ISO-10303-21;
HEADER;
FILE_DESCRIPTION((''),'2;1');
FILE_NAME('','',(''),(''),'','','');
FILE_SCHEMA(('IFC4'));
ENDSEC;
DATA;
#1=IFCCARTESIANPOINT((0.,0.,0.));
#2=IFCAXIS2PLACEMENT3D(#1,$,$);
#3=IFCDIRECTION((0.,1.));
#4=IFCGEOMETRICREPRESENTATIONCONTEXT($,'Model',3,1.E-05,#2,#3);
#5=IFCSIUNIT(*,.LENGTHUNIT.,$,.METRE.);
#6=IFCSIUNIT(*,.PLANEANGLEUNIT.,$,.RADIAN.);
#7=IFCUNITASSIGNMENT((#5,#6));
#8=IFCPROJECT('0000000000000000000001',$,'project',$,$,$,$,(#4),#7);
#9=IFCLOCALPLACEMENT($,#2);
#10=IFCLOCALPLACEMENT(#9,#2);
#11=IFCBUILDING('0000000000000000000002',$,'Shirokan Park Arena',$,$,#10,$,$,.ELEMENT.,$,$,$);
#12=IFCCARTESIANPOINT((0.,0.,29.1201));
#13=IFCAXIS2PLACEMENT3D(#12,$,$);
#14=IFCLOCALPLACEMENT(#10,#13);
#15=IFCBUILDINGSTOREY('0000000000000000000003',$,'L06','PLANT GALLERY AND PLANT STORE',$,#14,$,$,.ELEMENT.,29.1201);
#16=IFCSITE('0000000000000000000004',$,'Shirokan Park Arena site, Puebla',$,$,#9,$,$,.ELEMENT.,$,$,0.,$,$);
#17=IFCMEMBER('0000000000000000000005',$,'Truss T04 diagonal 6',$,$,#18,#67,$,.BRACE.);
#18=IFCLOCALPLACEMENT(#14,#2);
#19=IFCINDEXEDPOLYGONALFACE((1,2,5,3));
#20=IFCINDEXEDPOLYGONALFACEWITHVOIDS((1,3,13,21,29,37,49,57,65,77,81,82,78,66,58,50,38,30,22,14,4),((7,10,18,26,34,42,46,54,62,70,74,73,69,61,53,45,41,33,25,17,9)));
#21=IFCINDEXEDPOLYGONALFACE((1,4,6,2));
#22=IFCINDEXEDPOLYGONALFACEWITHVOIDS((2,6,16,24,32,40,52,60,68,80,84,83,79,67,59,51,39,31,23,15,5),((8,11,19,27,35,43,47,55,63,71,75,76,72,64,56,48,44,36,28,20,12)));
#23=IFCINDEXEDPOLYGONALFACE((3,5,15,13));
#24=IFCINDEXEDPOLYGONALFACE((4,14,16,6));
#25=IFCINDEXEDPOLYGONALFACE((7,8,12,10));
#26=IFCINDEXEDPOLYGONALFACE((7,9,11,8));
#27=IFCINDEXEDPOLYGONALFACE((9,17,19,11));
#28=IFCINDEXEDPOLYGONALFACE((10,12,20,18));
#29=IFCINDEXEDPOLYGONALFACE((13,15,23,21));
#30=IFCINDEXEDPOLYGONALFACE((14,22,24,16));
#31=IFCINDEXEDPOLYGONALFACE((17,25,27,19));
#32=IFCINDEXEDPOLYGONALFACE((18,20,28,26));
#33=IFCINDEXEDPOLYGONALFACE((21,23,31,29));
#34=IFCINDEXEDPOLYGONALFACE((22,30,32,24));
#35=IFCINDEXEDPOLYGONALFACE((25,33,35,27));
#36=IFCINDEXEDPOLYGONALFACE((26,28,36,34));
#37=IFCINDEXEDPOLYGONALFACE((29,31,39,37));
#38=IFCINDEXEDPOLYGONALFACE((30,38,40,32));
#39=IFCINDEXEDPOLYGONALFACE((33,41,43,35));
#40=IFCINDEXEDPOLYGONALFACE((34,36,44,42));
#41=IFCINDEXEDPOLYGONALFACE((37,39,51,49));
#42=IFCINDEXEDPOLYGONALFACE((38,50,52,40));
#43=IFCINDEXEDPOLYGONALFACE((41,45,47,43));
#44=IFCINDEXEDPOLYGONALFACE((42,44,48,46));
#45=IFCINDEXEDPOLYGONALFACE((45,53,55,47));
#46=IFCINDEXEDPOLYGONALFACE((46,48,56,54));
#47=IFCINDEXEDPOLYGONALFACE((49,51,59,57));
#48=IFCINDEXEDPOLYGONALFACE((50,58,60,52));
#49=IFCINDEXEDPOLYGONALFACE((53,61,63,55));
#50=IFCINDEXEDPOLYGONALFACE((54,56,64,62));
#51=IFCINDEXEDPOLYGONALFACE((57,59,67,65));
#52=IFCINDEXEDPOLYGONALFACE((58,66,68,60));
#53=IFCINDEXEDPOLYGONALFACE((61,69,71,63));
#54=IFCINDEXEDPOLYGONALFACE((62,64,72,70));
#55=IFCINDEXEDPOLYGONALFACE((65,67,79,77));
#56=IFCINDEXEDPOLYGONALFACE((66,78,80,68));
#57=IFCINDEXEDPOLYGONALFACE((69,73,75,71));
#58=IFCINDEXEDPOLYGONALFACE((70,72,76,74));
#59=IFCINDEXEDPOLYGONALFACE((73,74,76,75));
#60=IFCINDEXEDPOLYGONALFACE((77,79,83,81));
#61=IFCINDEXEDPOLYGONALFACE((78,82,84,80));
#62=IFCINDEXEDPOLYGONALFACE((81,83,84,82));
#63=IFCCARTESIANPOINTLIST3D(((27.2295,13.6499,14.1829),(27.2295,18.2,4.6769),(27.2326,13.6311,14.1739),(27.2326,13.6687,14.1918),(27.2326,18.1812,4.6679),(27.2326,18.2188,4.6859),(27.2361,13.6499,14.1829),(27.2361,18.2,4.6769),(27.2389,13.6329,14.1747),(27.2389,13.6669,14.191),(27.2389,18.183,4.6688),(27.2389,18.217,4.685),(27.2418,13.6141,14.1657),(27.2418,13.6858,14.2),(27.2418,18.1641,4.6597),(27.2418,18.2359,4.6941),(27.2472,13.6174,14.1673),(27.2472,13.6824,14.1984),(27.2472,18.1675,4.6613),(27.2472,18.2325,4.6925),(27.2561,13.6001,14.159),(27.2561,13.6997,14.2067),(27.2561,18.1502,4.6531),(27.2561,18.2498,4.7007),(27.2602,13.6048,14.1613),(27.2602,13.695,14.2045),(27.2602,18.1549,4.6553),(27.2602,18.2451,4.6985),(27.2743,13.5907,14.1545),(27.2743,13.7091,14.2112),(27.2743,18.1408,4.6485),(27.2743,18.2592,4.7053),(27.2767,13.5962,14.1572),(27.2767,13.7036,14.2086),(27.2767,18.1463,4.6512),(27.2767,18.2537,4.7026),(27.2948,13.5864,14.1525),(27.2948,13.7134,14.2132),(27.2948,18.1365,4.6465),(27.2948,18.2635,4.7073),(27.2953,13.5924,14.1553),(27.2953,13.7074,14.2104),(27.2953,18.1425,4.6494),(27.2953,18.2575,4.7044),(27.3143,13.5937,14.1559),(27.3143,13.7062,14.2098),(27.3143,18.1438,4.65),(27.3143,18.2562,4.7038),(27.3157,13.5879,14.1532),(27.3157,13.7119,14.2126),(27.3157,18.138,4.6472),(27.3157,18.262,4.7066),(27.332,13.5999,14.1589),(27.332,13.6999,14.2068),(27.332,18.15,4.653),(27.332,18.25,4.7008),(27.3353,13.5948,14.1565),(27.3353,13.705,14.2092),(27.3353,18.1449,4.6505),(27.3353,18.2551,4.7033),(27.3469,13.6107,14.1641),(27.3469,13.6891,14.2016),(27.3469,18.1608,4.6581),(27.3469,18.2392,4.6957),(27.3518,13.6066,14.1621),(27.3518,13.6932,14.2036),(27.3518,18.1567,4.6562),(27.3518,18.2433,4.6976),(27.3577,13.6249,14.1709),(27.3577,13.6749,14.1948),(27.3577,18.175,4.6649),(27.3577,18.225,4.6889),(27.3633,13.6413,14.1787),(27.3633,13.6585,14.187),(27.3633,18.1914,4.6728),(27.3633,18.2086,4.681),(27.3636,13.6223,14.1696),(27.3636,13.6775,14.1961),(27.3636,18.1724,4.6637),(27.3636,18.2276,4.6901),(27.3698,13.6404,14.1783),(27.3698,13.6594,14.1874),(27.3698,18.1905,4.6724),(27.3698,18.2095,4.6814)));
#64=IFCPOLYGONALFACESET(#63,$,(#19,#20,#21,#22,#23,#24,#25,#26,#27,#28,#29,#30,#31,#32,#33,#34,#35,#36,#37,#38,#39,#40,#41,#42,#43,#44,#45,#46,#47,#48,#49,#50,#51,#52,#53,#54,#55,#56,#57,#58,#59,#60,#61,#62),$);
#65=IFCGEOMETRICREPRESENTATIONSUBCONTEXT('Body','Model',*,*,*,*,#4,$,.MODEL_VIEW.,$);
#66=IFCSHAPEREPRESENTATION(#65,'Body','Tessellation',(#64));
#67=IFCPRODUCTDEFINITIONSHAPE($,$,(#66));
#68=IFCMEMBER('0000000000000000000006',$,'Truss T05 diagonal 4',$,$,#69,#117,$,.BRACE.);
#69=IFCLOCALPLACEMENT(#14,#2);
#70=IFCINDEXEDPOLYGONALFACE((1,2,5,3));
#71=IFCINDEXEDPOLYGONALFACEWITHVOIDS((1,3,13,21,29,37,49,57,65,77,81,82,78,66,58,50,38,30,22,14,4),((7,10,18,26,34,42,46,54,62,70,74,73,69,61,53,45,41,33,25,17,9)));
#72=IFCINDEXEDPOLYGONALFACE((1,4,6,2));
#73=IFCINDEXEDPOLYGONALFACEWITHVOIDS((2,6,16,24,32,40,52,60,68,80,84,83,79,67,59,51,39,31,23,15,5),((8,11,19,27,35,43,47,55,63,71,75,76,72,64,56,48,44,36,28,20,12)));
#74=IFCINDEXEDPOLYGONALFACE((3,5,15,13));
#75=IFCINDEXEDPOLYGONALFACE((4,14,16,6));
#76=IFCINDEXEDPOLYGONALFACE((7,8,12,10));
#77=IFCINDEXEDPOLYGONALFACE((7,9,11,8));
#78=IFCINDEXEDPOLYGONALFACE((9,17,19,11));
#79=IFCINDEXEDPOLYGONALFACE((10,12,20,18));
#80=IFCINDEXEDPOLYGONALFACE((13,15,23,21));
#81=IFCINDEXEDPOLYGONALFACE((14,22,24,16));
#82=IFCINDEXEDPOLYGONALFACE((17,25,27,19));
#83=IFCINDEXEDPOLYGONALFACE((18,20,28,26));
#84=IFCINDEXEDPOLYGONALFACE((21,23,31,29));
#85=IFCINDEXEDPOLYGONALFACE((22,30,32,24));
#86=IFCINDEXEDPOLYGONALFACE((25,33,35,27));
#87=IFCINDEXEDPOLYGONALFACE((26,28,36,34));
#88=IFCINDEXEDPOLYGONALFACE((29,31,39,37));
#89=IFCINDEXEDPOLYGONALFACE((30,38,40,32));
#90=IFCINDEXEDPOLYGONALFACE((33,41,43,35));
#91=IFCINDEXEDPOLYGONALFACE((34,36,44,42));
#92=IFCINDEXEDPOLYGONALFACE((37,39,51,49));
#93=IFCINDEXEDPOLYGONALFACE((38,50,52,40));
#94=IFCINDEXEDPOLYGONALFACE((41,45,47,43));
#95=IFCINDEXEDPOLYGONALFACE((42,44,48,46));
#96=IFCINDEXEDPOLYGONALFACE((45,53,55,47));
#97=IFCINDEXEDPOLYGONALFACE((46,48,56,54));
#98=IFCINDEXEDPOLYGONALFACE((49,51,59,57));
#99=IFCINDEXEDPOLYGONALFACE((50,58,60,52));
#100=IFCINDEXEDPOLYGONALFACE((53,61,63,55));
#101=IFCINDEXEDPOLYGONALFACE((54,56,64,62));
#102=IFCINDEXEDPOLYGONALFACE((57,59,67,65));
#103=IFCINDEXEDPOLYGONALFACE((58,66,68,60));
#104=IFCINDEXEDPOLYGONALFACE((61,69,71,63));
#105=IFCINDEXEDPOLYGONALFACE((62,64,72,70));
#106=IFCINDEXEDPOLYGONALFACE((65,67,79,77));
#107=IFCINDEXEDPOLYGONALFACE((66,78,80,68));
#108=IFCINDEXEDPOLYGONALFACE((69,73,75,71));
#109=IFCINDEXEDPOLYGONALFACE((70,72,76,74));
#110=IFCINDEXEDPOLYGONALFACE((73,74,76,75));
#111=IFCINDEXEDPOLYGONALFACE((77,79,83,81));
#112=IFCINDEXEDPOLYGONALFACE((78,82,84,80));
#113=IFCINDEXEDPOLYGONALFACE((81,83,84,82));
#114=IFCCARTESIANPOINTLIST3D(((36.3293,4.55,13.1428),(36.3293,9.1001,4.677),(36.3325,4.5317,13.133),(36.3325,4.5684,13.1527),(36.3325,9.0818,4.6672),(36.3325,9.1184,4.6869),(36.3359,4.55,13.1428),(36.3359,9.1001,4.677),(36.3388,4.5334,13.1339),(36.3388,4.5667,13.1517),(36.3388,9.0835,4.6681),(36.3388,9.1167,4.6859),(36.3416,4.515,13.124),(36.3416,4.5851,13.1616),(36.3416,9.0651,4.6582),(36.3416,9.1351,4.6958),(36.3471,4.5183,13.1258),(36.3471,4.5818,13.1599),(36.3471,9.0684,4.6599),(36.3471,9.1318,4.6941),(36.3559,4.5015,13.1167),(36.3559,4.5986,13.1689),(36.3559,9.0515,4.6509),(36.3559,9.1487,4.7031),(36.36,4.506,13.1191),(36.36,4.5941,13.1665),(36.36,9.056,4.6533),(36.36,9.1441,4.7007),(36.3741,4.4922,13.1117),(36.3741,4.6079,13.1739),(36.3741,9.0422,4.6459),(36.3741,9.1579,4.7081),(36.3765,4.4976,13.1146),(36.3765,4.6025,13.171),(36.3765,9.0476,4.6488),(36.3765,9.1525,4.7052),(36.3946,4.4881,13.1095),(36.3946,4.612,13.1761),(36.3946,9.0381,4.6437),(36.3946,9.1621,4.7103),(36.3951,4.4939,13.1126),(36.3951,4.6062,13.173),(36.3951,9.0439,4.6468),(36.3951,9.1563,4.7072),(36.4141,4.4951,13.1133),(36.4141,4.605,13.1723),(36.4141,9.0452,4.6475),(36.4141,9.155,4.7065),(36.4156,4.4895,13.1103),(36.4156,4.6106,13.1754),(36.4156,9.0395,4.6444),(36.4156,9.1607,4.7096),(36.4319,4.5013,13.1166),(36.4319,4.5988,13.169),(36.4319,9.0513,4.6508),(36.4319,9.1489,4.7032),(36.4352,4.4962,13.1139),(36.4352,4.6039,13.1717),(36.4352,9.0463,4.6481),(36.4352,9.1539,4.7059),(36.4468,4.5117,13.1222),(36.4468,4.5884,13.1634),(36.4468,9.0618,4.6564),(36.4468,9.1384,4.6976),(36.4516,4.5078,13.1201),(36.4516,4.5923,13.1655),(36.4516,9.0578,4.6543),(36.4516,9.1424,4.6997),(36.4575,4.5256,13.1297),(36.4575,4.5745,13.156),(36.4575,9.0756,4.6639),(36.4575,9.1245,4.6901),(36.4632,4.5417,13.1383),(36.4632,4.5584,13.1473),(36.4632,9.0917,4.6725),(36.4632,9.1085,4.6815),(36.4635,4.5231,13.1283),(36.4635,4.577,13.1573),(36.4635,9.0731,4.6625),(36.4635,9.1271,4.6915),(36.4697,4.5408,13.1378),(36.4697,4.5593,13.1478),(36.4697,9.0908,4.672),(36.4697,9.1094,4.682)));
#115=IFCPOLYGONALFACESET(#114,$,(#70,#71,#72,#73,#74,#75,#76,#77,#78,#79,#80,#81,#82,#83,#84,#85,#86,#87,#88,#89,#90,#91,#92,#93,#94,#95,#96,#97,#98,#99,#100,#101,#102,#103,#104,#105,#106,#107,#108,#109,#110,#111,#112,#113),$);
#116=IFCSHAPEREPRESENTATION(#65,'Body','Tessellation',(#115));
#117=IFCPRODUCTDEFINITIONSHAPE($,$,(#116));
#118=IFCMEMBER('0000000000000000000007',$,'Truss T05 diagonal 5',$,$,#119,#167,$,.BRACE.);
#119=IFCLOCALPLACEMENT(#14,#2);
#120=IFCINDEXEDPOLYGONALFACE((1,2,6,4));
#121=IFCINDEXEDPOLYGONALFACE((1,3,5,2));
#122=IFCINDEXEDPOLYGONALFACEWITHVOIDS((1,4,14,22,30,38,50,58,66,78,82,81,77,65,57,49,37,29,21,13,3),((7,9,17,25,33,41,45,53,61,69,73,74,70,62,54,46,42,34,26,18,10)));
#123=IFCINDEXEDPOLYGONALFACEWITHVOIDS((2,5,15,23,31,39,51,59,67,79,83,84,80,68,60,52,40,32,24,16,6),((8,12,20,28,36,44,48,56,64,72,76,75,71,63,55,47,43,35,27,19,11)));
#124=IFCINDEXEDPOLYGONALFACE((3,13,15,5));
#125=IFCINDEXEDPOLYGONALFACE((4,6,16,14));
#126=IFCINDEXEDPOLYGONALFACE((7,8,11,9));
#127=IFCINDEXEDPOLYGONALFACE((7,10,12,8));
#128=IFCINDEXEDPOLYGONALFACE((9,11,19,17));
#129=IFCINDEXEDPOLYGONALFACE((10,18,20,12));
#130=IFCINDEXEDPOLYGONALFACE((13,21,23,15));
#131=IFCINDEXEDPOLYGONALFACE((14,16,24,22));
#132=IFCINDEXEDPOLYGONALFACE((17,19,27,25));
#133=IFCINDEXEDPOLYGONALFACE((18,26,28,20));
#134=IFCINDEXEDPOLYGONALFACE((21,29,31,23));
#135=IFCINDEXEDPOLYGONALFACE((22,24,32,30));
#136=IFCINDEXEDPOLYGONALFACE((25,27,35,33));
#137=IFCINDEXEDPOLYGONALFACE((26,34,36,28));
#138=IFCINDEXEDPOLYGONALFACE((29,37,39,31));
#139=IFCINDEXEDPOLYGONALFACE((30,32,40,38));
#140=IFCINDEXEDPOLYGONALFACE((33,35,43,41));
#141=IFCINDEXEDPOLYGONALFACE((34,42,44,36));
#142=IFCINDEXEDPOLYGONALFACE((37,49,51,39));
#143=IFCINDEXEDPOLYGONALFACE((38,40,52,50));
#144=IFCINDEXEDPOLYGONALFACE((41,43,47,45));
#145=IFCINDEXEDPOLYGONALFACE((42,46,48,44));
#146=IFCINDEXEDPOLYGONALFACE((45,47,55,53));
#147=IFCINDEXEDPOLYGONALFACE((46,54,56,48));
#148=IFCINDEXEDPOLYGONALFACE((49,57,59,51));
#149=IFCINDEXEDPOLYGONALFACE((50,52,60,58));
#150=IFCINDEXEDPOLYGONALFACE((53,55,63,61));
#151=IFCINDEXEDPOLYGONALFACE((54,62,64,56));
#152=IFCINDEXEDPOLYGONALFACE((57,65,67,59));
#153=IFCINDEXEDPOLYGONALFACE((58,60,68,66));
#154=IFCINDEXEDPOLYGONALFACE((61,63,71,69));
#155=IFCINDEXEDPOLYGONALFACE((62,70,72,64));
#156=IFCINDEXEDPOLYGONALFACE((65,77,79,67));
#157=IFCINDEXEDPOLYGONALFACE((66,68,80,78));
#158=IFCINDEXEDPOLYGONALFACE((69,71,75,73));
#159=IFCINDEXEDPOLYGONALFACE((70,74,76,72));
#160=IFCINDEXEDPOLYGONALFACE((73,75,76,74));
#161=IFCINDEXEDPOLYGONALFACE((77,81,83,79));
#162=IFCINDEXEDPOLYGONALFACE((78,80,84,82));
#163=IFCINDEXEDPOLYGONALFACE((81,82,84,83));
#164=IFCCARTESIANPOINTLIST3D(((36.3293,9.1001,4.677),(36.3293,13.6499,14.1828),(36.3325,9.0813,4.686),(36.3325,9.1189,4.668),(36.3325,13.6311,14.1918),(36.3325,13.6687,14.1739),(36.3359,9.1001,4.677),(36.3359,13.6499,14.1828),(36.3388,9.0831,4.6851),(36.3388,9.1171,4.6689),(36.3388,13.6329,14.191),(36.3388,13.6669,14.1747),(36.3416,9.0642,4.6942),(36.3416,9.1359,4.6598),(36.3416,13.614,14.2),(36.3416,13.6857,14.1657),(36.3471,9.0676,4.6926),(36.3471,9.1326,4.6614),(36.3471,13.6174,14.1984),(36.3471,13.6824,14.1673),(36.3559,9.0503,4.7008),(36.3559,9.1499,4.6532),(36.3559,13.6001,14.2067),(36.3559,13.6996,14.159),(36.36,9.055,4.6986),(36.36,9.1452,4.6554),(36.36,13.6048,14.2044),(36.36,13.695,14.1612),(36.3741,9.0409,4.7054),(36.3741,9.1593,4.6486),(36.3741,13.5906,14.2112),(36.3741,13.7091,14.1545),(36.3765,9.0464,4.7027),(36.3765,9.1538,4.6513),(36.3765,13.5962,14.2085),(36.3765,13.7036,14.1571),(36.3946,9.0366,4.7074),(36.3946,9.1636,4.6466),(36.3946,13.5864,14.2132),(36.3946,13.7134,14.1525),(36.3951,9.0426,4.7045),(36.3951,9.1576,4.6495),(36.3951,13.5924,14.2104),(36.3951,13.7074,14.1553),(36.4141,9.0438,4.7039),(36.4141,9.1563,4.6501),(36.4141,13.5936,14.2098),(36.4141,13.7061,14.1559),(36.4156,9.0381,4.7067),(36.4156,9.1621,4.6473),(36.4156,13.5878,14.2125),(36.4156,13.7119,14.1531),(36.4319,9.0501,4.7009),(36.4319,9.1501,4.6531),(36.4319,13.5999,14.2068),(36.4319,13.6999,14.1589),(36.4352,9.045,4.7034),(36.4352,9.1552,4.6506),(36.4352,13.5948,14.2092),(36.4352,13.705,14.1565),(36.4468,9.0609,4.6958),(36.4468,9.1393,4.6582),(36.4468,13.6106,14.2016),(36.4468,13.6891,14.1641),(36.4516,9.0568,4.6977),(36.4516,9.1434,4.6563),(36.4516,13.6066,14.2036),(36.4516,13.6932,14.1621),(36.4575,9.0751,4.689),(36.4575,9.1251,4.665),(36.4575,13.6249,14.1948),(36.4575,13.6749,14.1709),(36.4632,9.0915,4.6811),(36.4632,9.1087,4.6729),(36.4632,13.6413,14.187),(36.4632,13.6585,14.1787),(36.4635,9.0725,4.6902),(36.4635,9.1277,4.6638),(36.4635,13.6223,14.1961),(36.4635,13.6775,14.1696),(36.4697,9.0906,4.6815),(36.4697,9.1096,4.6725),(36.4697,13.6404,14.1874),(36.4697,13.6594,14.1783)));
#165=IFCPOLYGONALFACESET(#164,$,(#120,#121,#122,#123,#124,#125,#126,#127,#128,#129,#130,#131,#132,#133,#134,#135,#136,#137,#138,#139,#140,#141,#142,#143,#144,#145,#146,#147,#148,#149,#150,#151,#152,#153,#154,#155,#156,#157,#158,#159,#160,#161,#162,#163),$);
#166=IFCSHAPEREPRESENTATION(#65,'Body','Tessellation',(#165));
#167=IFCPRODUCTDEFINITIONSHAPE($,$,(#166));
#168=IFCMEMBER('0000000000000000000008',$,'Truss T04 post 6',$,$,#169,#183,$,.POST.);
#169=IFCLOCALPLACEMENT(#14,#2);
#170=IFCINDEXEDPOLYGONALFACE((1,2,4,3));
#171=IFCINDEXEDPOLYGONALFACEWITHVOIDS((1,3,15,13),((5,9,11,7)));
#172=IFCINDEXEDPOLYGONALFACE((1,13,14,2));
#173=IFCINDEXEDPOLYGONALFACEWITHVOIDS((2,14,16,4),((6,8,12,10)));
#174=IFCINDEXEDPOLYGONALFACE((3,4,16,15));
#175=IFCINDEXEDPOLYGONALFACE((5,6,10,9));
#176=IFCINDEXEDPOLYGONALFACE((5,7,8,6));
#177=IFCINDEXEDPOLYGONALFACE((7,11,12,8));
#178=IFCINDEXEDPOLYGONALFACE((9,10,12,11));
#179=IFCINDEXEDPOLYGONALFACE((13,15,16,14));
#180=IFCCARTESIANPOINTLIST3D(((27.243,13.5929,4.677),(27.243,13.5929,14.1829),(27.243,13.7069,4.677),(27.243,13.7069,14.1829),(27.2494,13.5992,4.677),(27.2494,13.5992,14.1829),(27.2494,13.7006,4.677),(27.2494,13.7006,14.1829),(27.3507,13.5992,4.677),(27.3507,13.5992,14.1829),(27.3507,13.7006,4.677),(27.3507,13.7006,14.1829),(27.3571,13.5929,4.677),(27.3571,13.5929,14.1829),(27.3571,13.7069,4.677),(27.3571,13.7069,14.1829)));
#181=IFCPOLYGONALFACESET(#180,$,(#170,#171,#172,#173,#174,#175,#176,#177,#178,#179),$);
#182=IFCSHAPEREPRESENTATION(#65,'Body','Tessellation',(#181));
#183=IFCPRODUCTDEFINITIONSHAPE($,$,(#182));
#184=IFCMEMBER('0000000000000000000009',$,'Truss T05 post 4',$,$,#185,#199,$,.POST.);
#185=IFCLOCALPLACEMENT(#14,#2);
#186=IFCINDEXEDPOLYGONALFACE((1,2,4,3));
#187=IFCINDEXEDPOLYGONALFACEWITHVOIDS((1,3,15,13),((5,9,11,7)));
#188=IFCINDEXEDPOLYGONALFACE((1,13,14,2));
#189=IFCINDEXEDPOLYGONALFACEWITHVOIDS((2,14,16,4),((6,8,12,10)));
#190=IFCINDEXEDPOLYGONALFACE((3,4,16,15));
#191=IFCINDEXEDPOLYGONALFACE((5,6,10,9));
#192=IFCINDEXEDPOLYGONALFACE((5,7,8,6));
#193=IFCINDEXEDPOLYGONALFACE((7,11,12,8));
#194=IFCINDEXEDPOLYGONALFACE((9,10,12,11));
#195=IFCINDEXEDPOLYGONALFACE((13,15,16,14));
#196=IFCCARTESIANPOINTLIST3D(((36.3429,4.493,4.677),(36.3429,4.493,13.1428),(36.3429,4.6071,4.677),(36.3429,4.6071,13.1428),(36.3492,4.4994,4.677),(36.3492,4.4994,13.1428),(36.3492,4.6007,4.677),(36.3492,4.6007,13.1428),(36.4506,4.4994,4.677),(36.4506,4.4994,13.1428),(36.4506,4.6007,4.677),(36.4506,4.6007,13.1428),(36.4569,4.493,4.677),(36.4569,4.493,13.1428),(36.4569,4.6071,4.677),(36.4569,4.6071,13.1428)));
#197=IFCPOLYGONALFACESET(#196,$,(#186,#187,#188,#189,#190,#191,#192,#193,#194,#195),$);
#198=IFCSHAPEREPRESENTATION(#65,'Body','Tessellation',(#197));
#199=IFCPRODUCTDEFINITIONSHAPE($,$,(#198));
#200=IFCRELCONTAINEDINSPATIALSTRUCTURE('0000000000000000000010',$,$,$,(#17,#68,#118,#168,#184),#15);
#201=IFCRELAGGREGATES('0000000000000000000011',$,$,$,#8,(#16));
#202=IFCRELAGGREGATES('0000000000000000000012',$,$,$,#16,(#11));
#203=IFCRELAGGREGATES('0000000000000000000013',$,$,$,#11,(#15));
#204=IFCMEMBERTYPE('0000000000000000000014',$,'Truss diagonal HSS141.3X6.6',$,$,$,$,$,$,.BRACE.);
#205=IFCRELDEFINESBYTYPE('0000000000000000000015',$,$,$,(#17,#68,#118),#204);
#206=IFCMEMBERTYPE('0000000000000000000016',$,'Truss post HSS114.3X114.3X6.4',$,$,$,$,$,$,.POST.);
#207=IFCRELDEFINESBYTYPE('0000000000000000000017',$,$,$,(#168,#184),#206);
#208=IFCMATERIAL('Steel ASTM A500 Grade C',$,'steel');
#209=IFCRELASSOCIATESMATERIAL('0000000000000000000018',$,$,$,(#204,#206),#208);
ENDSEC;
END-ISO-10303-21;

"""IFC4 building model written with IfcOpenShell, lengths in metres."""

from ifc_helpers import new_model, si_unit, direction, frame, origin, origin_2d, place, context, subcontext, project, spatial, hollow_rectangle, hollow_circle, extrude, material, material_profile, profile_set, type_object, element, save


model = new_model("IFC4")

# Units and contexts
model_context = context("Model", 3, precision=1e-05, world=origin(), true_north=direction((0.0, 1.0)))
body_context = subcontext(model_context, "Body", "Model", "MODEL_VIEW")
ifc_project = project(units=[si_unit("LENGTHUNIT", "METRE"), si_unit("PLANEANGLEUNIT", "RADIAN")], contexts=[model_context])

# Site, building, storey
site_placement = place(None, origin())
site = spatial("IfcSite", under=ifc_project, at=site_placement, Name="Shirokan Park Arena site, Puebla", CompositionType="ELEMENT", RefElevation=0.0)
building_placement = place(site_placement, origin())
building = spatial("IfcBuilding", under=site, at=building_placement, Name="Shirokan Park Arena", CompositionType="ELEMENT")
storey_placement = place(building_placement, frame((0.0, 0.0, 29.1201)))
storey = spatial("IfcBuildingStorey", under=building, at=storey_placement, Name="L06", Description="PLANT GALLERY AND PLANT STORE", CompositionType="ELEMENT", Elevation=29.1201)

# Members
ifc_material_1 = material(Name="Steel ASTM A500 Grade C", Category="steel")
ifc_material_profile_1 = material_profile(ifc_material_1, hollow_circle(Radius=0.0706, WallThickness=0.0066, at=origin_2d()), Name="HSS141.3X6.6")
ifc_profile_set_1 = profile_set([ifc_material_profile_1], Name="Steel ASTM A500 Grade C")
member_type_1 = type_object("IfcMemberType", Name="Truss diagonal HSS141.3X6.6", PredefinedType="BRACE", material=ifc_profile_set_1)
member_1_placement = place(storey_placement, frame((27.3, 13.6499, 14.1829), z_axis=(0.0, 0.431746, -0.901995), x_axis=(-1.0, 0.0, 0.0)))
element("IfcMember", 1, at=member_1_placement, inside=storey, type_object=member_type_1, Name="Truss T04 diagonal 6", PredefinedType="BRACE", context=body_context, shape_type="SweptSolid", body=[
    extrude(hollow_circle(Radius=0.0706, WallThickness=0.0066, at=origin_2d()), origin(), (0.0, 0.0, 1.0), 10.5388),
])
member_2_placement = place(storey_placement, frame((36.3999, 4.55, 13.1428), z_axis=(0.0, 0.473417, -0.880839), x_axis=(-1.0, 0.0, 0.0)))
element("IfcMember", 2, at=member_2_placement, inside=storey, type_object=member_type_1, Name="Truss T05 diagonal 4", PredefinedType="BRACE", context=body_context, shape_type="SweptSolid", body=[
    extrude(hollow_circle(Radius=0.0706, WallThickness=0.0066, at=origin_2d()), origin(), (0.0, 0.0, 1.0), 9.6111),
])
member_3_placement = place(storey_placement, frame((36.3999, 9.1001, 4.677), z_axis=(0.0, 0.431728, 0.902004), x_axis=(-1.0, 0.0, 0.0)))
element("IfcMember", 3, at=member_3_placement, inside=storey, type_object=member_type_1, Name="Truss T05 diagonal 5", PredefinedType="BRACE", context=body_context, shape_type="SweptSolid", body=[
    extrude(hollow_circle(Radius=0.0706, WallThickness=0.0066, at=origin_2d()), origin(), (0.0, 0.0, 1.0), 10.5386),
])
ifc_material_profile_2 = material_profile(ifc_material_1, hollow_rectangle(XDim=0.114, YDim=0.114, WallThickness=0.0063, at=origin_2d()), Name="HSS114.3X114.3X6.4")
ifc_profile_set_2 = profile_set([ifc_material_profile_2], Name="Steel ASTM A500 Grade C")
member_type_2 = type_object("IfcMemberType", Name="Truss post HSS114.3X114.3X6.4", PredefinedType="POST", material=ifc_profile_set_2)
member_4_placement = place(storey_placement, frame((27.3, 13.6499, 4.677), z_axis=(0.0, 0.0, 1.0), x_axis=(1.0, 0.0, 0.0)))
element("IfcMember", 4, at=member_4_placement, inside=storey, type_object=member_type_2, Name="Truss T04 post 6", PredefinedType="POST", context=body_context, shape_type="SweptSolid", body=[
    extrude(hollow_rectangle(XDim=0.114, YDim=0.114, WallThickness=0.0063, at=origin_2d()), origin(), (0.0, 0.0, 1.0), 9.5059),
])
member_5_placement = place(storey_placement, frame((36.3999, 4.55, 4.677), z_axis=(0.0, 0.0, 1.0), x_axis=(1.0, 0.0, 0.0)))
element("IfcMember", 5, at=member_5_placement, inside=storey, type_object=member_type_2, Name="Truss T05 post 4", PredefinedType="POST", context=body_context, shape_type="SweptSolid", body=[
    extrude(hollow_rectangle(XDim=0.114, YDim=0.114, WallThickness=0.0063, at=origin_2d()), origin(), (0.0, 0.0, 1.0), 8.4658),
])

save(model, "model.ifc")
